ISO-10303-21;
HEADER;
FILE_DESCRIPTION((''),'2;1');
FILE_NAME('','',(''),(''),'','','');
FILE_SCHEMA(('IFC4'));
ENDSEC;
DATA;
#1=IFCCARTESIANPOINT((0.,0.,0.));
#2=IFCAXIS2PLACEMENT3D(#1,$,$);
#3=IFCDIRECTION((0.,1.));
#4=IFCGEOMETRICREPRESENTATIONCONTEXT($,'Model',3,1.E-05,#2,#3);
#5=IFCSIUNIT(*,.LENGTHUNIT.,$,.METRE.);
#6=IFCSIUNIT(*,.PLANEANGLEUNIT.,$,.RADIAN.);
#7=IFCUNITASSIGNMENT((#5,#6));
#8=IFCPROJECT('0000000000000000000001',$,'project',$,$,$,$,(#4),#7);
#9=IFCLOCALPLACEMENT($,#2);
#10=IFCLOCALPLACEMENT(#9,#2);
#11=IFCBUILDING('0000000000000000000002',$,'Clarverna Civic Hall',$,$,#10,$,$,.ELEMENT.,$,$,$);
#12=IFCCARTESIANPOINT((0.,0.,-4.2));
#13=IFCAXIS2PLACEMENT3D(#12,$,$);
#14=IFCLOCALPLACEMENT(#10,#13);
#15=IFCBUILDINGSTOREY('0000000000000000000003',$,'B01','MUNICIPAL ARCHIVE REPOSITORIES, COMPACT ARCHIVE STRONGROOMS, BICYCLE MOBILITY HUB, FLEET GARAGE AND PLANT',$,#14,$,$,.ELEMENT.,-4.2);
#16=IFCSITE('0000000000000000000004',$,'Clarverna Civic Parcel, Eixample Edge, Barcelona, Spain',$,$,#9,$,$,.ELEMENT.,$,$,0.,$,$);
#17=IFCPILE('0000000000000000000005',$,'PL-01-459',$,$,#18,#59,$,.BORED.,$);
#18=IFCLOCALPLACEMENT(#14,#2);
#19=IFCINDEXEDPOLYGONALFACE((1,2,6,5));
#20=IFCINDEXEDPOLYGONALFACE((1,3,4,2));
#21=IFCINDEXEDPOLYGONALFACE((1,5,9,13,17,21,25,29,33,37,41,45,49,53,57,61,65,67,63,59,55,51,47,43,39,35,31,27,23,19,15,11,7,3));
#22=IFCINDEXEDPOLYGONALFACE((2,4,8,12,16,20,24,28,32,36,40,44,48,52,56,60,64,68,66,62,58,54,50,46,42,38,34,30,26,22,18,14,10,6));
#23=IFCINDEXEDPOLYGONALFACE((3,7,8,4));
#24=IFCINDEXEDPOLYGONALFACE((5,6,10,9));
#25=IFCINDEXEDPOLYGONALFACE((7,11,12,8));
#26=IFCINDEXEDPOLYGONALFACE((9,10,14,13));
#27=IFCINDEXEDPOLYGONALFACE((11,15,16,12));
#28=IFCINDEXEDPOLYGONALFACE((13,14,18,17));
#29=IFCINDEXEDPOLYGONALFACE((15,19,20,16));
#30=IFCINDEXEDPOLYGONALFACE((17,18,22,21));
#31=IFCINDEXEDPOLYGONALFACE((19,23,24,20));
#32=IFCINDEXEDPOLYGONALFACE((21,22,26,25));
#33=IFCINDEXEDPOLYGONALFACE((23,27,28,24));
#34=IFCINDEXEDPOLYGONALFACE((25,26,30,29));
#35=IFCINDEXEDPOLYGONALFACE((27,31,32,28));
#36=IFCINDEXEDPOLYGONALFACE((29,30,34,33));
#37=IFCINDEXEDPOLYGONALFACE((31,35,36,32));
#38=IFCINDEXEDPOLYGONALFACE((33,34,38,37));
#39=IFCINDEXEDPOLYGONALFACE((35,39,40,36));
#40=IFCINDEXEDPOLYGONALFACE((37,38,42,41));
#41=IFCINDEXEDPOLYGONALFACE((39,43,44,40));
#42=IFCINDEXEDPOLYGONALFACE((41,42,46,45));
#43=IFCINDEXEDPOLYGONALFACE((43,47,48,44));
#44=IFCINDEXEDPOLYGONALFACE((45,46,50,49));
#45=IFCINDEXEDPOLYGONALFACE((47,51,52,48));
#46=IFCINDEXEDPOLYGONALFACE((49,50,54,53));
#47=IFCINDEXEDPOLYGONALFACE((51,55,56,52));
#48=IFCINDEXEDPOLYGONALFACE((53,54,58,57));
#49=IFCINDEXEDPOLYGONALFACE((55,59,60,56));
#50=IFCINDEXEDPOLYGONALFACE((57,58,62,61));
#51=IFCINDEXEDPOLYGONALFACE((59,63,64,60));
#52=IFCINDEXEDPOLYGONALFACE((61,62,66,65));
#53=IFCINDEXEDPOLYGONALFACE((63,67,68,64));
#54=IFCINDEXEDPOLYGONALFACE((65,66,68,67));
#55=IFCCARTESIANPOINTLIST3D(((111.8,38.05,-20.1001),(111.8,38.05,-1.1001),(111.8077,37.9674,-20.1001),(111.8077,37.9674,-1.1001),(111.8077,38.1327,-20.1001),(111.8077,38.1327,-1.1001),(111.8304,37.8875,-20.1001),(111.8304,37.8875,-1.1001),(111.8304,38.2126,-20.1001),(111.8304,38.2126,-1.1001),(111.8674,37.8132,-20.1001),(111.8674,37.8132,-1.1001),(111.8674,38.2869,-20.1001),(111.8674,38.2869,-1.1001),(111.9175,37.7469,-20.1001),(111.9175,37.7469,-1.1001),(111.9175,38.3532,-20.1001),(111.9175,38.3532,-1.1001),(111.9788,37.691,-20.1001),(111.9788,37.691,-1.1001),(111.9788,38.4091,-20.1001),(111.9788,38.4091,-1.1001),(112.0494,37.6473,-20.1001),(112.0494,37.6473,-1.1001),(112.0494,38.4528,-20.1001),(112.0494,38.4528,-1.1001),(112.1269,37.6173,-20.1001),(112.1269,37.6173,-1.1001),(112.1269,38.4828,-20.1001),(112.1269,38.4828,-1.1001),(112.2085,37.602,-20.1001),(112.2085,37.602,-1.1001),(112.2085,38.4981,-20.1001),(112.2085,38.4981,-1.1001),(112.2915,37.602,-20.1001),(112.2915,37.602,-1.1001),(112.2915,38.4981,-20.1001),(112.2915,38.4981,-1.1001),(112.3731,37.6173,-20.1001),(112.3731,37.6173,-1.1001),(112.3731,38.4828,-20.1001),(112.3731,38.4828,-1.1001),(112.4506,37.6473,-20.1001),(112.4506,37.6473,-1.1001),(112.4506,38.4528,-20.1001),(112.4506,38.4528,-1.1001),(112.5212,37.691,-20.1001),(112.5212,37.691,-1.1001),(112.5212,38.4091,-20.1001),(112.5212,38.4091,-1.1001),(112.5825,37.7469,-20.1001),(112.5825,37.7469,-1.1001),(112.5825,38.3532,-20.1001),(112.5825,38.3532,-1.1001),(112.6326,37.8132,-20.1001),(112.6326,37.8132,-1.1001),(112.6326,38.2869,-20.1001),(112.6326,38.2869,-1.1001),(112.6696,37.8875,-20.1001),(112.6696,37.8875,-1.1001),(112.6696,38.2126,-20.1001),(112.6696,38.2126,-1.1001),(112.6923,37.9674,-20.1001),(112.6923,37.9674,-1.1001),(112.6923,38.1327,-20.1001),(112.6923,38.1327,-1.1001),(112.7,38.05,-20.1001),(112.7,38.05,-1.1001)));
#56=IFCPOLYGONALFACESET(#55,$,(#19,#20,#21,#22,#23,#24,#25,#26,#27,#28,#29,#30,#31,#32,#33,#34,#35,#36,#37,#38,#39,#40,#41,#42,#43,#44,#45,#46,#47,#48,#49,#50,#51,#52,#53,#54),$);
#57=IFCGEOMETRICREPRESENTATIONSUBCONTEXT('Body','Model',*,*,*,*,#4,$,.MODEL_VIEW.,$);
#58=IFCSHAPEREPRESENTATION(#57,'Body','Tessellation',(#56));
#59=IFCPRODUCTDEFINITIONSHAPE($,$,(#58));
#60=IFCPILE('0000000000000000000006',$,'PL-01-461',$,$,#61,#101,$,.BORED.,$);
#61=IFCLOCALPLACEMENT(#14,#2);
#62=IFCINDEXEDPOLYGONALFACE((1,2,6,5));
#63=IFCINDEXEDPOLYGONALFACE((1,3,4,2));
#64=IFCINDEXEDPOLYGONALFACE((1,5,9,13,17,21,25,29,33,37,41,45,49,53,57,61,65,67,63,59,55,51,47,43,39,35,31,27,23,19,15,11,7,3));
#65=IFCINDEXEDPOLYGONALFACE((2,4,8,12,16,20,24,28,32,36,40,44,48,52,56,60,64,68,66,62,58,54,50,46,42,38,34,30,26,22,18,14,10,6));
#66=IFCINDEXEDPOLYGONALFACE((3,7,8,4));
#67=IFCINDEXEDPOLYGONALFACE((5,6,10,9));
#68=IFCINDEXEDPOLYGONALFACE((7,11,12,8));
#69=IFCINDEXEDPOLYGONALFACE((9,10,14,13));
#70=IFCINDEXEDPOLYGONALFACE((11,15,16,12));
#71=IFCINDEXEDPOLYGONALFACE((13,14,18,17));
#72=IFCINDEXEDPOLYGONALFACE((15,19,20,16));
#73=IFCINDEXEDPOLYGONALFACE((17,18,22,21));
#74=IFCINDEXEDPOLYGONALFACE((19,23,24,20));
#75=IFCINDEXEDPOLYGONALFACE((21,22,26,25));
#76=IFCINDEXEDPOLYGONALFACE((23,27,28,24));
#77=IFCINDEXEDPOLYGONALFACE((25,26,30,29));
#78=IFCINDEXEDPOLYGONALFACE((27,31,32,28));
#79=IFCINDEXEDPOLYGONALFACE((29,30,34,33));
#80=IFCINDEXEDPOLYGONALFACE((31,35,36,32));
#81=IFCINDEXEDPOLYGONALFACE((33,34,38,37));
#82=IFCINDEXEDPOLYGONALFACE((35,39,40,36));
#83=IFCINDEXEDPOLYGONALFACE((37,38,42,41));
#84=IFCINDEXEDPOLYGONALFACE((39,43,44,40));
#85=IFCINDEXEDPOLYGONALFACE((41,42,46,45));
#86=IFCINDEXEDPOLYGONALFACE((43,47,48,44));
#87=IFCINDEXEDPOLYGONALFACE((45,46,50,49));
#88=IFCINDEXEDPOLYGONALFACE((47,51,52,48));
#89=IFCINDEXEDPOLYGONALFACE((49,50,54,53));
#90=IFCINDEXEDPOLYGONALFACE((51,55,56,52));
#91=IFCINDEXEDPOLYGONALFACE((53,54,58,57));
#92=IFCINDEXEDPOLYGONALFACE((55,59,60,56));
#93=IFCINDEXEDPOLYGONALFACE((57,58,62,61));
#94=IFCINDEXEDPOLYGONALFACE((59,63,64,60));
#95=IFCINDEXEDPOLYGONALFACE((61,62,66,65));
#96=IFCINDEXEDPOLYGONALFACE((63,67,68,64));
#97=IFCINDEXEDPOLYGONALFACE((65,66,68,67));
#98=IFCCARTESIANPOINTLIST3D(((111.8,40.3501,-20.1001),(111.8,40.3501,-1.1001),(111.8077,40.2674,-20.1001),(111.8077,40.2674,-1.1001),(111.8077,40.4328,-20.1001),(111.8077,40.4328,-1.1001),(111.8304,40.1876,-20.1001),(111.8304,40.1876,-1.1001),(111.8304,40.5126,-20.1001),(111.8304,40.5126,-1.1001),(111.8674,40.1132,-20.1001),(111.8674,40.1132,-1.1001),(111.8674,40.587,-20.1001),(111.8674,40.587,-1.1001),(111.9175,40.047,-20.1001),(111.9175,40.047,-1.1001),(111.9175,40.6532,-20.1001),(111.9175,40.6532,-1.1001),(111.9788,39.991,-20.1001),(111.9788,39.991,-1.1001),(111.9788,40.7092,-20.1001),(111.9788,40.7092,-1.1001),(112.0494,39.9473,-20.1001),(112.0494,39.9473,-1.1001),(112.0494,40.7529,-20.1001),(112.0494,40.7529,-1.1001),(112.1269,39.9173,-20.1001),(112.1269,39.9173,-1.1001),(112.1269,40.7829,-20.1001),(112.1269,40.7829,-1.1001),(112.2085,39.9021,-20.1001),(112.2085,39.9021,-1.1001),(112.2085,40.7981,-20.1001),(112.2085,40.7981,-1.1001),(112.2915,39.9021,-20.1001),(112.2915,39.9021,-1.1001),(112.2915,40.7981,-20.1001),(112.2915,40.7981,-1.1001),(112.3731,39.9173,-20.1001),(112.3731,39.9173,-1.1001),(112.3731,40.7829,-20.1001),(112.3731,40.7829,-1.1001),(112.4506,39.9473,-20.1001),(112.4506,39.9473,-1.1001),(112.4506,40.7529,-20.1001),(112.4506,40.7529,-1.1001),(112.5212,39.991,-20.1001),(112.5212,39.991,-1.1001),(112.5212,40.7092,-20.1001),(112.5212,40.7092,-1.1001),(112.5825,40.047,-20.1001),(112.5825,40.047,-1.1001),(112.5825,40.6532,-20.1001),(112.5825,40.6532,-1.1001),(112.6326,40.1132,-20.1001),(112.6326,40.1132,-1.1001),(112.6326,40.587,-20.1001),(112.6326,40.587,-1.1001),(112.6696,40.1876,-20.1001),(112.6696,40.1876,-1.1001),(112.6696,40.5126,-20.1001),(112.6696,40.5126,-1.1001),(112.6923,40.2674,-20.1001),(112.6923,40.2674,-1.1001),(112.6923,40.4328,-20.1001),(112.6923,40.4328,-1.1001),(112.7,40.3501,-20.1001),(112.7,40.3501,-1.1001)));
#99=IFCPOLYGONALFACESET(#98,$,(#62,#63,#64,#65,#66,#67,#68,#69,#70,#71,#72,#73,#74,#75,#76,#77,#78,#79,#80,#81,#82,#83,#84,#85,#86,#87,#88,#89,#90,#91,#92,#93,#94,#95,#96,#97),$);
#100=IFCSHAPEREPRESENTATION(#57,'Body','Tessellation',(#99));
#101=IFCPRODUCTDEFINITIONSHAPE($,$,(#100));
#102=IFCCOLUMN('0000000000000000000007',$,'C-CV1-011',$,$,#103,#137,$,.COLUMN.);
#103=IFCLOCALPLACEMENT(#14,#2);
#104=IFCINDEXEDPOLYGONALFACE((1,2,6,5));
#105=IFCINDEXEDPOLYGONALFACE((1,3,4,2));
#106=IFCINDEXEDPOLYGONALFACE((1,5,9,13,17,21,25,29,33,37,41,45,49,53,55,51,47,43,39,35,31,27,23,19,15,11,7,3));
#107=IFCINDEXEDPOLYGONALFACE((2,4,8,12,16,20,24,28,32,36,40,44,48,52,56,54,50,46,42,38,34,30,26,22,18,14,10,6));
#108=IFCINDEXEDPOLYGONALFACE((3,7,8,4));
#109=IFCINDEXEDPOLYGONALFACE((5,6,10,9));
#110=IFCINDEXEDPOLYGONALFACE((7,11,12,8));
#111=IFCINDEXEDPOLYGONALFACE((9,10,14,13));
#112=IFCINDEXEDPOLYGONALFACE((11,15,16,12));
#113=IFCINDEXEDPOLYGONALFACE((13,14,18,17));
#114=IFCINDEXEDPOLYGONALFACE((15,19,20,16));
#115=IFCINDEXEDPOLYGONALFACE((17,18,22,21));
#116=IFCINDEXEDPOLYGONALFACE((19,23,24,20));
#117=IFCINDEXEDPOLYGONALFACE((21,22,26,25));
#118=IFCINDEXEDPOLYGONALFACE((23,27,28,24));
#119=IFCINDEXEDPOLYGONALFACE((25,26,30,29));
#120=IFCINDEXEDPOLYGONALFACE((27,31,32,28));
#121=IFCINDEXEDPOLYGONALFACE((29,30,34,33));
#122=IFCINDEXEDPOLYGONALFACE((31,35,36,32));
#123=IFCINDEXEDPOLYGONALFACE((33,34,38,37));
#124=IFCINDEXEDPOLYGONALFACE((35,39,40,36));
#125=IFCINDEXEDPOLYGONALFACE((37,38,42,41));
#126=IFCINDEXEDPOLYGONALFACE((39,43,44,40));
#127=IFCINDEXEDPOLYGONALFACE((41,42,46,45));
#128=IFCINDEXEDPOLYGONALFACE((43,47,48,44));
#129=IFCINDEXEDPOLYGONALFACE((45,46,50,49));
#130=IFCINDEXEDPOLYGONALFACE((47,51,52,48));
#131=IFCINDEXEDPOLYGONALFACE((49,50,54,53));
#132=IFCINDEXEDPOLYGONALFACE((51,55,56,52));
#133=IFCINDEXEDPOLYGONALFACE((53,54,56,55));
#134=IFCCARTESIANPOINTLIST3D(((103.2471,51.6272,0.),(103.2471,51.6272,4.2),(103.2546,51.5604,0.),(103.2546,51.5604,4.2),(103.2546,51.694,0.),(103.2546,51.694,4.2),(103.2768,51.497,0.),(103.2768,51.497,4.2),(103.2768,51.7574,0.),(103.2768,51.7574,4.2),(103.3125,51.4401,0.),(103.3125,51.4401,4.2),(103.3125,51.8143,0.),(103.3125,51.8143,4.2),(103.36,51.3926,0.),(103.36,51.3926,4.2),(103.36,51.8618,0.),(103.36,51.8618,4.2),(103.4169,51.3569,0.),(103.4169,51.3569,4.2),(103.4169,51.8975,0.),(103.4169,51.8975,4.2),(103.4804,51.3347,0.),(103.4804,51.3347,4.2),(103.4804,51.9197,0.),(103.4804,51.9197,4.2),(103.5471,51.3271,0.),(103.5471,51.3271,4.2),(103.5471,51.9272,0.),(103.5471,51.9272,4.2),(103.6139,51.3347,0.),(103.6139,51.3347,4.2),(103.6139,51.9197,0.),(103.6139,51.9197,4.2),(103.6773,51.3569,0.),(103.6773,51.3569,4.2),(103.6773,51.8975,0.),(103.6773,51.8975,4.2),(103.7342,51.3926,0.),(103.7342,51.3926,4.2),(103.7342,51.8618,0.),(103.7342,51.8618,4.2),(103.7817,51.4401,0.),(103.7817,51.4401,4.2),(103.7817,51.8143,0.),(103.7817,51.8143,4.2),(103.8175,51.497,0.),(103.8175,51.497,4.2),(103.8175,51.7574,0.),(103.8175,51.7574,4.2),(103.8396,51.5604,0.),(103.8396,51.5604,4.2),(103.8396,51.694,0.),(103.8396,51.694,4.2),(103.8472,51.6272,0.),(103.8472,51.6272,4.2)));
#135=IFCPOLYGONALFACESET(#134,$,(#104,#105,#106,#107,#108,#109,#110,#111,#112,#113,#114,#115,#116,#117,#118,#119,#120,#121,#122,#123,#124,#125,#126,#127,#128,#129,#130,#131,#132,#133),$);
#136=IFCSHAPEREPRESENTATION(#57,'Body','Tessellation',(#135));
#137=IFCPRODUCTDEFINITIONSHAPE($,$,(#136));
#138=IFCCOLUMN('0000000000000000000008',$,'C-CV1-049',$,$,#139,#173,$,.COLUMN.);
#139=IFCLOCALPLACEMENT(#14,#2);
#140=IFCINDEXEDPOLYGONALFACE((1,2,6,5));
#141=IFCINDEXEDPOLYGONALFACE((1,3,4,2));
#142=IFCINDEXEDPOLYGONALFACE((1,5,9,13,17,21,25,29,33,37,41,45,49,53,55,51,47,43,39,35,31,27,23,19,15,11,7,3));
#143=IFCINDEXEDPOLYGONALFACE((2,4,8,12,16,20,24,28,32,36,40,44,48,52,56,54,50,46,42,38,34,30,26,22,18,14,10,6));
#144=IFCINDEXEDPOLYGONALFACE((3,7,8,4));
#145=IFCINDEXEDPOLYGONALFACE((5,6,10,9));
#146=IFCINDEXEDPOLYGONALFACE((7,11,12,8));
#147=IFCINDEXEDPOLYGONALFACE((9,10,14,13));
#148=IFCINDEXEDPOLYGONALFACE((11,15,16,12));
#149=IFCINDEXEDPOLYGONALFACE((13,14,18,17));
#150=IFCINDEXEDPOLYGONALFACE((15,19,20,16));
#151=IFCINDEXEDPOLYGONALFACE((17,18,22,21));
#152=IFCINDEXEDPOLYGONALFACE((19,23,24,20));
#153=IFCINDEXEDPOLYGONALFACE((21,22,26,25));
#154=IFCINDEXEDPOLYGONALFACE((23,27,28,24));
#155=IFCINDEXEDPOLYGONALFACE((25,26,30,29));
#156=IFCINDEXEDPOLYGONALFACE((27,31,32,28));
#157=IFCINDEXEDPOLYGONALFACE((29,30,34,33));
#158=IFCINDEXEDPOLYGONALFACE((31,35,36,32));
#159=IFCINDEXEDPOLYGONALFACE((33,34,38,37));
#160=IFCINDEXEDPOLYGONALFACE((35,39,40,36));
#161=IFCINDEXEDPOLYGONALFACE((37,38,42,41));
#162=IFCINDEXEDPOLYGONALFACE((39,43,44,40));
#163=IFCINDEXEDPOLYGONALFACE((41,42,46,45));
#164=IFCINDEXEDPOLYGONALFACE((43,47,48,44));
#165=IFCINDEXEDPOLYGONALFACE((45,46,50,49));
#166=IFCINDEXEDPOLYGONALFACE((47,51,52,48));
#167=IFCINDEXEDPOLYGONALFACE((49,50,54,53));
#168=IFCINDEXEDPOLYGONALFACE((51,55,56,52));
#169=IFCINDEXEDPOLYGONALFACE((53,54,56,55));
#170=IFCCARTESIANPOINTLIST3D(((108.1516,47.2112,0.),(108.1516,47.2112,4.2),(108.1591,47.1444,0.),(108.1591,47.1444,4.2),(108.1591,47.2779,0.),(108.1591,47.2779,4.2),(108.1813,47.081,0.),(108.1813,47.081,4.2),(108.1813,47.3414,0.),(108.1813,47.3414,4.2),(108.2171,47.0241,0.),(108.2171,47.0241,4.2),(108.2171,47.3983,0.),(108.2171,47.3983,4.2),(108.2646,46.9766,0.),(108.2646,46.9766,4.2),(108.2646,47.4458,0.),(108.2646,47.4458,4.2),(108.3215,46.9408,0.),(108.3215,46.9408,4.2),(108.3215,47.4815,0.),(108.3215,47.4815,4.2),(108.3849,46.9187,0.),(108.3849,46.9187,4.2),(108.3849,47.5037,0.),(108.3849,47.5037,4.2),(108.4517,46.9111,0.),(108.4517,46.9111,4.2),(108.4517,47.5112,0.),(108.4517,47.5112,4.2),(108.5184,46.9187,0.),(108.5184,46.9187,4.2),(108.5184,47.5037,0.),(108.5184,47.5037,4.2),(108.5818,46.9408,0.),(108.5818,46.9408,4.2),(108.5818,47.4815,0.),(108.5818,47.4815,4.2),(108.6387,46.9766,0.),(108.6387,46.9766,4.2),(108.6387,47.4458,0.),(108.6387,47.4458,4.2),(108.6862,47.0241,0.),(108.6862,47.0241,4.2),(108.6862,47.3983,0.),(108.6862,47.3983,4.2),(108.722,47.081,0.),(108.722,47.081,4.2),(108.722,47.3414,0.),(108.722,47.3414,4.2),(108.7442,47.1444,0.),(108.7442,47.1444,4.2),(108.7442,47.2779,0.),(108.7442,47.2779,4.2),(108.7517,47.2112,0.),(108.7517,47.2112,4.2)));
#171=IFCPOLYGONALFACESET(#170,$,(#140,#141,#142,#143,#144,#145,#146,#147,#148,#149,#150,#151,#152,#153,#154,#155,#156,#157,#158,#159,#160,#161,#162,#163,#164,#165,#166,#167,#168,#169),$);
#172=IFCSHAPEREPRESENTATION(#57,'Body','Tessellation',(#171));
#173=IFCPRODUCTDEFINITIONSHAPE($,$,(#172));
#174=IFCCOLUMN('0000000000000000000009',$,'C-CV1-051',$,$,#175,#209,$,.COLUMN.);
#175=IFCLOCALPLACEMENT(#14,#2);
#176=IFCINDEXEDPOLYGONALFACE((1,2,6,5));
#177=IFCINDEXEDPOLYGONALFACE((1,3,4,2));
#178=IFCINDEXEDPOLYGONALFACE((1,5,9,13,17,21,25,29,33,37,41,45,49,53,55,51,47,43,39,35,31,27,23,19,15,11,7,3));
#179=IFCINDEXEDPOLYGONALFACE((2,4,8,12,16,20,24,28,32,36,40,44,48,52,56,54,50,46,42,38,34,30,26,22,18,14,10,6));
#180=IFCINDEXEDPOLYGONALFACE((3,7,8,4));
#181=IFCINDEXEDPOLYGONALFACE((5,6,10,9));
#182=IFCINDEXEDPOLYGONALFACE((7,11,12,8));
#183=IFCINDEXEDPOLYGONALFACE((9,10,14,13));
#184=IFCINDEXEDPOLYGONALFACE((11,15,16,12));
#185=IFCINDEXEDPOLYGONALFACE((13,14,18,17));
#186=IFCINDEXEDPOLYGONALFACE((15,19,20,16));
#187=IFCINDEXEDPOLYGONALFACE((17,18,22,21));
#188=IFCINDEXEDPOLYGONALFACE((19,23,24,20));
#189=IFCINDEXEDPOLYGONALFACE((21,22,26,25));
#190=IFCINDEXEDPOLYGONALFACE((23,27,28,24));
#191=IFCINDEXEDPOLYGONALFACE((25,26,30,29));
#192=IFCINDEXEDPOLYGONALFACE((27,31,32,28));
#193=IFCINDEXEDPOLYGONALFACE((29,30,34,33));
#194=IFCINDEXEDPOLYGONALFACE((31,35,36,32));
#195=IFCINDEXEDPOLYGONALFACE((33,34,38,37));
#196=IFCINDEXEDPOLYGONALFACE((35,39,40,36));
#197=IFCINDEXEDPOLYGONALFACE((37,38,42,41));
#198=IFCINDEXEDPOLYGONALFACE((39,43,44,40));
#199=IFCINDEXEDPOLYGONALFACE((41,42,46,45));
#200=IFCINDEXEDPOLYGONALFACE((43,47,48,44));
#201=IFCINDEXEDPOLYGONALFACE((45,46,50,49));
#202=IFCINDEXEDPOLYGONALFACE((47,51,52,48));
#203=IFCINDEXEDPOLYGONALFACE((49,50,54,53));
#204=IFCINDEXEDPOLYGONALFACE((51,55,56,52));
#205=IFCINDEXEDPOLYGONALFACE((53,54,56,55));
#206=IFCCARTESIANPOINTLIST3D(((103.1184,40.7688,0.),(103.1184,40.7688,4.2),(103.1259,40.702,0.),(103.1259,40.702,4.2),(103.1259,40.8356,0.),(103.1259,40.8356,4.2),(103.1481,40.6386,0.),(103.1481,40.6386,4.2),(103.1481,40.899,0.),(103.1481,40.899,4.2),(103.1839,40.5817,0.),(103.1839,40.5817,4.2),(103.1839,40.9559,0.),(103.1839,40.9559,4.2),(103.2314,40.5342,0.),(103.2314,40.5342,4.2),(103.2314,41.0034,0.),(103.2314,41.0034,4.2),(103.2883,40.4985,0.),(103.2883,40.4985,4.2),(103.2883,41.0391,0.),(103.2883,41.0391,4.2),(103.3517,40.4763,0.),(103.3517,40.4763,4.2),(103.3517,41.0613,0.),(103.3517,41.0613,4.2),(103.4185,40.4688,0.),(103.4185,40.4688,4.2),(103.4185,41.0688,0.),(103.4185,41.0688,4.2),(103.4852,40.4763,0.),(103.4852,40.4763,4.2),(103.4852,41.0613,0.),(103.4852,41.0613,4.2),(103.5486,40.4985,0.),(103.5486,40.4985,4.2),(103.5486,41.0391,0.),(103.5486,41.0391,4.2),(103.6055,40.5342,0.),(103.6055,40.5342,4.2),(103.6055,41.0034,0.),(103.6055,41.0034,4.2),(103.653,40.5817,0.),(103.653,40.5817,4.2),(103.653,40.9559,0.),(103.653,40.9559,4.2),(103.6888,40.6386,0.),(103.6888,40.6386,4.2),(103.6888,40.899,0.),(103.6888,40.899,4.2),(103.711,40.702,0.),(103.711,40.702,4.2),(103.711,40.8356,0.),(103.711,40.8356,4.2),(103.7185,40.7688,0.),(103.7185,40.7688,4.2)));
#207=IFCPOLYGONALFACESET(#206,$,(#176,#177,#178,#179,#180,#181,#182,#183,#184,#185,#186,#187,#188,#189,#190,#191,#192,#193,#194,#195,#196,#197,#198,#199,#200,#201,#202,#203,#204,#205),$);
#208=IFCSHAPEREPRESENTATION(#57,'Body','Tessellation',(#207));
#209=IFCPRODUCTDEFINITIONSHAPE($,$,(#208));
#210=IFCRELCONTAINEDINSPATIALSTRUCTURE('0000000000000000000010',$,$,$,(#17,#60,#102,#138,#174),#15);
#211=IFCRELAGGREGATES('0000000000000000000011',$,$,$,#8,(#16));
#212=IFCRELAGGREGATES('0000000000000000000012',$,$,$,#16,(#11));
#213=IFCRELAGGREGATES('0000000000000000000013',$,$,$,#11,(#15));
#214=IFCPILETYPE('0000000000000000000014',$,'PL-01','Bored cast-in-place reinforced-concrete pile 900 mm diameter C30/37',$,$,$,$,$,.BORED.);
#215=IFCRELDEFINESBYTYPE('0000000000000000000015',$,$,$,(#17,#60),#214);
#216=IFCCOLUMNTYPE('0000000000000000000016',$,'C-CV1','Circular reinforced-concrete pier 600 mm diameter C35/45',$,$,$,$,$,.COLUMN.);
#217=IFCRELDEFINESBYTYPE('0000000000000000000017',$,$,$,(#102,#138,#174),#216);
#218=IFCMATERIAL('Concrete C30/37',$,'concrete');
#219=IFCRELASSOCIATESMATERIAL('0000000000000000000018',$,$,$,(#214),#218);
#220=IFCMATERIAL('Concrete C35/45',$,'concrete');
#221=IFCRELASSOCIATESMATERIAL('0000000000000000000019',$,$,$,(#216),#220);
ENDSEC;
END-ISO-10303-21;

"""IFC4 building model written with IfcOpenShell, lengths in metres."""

from ifc_helpers import new_model, si_unit, direction, frame, origin, origin_2d, place, context, subcontext, project, spatial, circle, extrude, material, material_profile, profile_set, type_object, element, save


model = new_model("IFC4")

# Units and contexts
model_context = context("Model", 3, precision=1e-05, world=origin(), true_north=direction((0.0, 1.0)))
body_context = subcontext(model_context, "Body", "Model", "MODEL_VIEW")
ifc_project = project(units=[si_unit("LENGTHUNIT", "METRE"), si_unit("PLANEANGLEUNIT", "RADIAN")], contexts=[model_context])

# Site, building, storey
site_placement = place(None, origin())
site = spatial("IfcSite", under=ifc_project, at=site_placement, Name="Clarverna Civic Parcel, Eixample Edge, Barcelona, Spain", CompositionType="ELEMENT", RefElevation=0.0)
building_placement = place(site_placement, origin())
building = spatial("IfcBuilding", under=site, at=building_placement, Name="Clarverna Civic Hall", CompositionType="ELEMENT")
storey_placement = place(building_placement, frame((0.0, 0.0, -4.2)))
storey = spatial("IfcBuildingStorey", under=building, at=storey_placement, Name="B01", Description="MUNICIPAL ARCHIVE REPOSITORIES, COMPACT ARCHIVE STRONGROOMS, BICYCLE MOBILITY HUB, FLEET GARAGE AND PLANT", CompositionType="ELEMENT", Elevation=-4.2)

# Shared definitions
ifc_material_1 = material(Name="Concrete C30/37", Category="concrete")

# Piles
ifc_material_profile_1 = material_profile(ifc_material_1, circle(Radius=0.45, at=origin_2d()), Name="BORED PILE D900")
ifc_profile_set_1 = profile_set([ifc_material_profile_1], Name="Concrete C30/37")
pile_type = type_object("IfcPileType", Name="PL-01", Description="Bored cast-in-place reinforced-concrete pile 900 mm diameter C30/37", PredefinedType="BORED", material=ifc_profile_set_1)
for number, where, z_axis, x_axis, name in (
    (1, (112.25, 38.05, -1.1001), (0.0, 0.0, -1.0), (1.0, 0.0, 0.0), "PL-01-459"),
    (2, (112.25, 40.3501, -1.1001), (0.0, 0.0, -1.0), (1.0, 0.0, 0.0), "PL-01-461"),
):
    element("IfcPile", number, at=place(storey_placement, frame(where, z_axis=z_axis, x_axis=x_axis)), inside=storey, type_object=pile_type, Name=name, PredefinedType="BORED", context=body_context, shape_type="SweptSolid", body=[
        extrude(circle(Radius=0.45, at=origin_2d()), origin(), (0.0, 0.0, 1.0), 19.0),
    ])

# Columns
ifc_material_2 = material(Name="Concrete C35/45", Category="concrete")
ifc_material_profile_2 = material_profile(ifc_material_2, circle(Radius=0.3, at=origin_2d()), Name="RC D600")
ifc_profile_set_2 = profile_set([ifc_material_profile_2], Name="Concrete C35/45")
column_type = type_object("IfcColumnType", Name="C-CV1", Description="Circular reinforced-concrete pier 600 mm diameter C35/45", PredefinedType="COLUMN", material=ifc_profile_set_2)
for number, where, z_axis, x_axis, name in (
    (3, (103.5471, 51.6272, 0.0), (0.0, 0.0, 1.0), (1.0, 0.0, 0.0), "C-CV1-011"),
    (4, (108.4517, 47.2112, 0.0), (0.0, 0.0, 1.0), (1.0, 0.0, 0.0), "C-CV1-049"),
    (5, (103.4185, 40.7688, 0.0), (0.0, 0.0, 1.0), (1.0, 0.0, 0.0), "C-CV1-051"),
):
    element("IfcColumn", number, at=place(storey_placement, frame(where, z_axis=z_axis, x_axis=x_axis)), inside=storey, type_object=column_type, Name=name, PredefinedType="COLUMN", context=body_context, shape_type="SweptSolid", body=[
        extrude(circle(Radius=0.3, at=origin_2d()), origin(), (0.0, 0.0, 1.0), 4.2),
    ])

save(model, "model.ifc")
